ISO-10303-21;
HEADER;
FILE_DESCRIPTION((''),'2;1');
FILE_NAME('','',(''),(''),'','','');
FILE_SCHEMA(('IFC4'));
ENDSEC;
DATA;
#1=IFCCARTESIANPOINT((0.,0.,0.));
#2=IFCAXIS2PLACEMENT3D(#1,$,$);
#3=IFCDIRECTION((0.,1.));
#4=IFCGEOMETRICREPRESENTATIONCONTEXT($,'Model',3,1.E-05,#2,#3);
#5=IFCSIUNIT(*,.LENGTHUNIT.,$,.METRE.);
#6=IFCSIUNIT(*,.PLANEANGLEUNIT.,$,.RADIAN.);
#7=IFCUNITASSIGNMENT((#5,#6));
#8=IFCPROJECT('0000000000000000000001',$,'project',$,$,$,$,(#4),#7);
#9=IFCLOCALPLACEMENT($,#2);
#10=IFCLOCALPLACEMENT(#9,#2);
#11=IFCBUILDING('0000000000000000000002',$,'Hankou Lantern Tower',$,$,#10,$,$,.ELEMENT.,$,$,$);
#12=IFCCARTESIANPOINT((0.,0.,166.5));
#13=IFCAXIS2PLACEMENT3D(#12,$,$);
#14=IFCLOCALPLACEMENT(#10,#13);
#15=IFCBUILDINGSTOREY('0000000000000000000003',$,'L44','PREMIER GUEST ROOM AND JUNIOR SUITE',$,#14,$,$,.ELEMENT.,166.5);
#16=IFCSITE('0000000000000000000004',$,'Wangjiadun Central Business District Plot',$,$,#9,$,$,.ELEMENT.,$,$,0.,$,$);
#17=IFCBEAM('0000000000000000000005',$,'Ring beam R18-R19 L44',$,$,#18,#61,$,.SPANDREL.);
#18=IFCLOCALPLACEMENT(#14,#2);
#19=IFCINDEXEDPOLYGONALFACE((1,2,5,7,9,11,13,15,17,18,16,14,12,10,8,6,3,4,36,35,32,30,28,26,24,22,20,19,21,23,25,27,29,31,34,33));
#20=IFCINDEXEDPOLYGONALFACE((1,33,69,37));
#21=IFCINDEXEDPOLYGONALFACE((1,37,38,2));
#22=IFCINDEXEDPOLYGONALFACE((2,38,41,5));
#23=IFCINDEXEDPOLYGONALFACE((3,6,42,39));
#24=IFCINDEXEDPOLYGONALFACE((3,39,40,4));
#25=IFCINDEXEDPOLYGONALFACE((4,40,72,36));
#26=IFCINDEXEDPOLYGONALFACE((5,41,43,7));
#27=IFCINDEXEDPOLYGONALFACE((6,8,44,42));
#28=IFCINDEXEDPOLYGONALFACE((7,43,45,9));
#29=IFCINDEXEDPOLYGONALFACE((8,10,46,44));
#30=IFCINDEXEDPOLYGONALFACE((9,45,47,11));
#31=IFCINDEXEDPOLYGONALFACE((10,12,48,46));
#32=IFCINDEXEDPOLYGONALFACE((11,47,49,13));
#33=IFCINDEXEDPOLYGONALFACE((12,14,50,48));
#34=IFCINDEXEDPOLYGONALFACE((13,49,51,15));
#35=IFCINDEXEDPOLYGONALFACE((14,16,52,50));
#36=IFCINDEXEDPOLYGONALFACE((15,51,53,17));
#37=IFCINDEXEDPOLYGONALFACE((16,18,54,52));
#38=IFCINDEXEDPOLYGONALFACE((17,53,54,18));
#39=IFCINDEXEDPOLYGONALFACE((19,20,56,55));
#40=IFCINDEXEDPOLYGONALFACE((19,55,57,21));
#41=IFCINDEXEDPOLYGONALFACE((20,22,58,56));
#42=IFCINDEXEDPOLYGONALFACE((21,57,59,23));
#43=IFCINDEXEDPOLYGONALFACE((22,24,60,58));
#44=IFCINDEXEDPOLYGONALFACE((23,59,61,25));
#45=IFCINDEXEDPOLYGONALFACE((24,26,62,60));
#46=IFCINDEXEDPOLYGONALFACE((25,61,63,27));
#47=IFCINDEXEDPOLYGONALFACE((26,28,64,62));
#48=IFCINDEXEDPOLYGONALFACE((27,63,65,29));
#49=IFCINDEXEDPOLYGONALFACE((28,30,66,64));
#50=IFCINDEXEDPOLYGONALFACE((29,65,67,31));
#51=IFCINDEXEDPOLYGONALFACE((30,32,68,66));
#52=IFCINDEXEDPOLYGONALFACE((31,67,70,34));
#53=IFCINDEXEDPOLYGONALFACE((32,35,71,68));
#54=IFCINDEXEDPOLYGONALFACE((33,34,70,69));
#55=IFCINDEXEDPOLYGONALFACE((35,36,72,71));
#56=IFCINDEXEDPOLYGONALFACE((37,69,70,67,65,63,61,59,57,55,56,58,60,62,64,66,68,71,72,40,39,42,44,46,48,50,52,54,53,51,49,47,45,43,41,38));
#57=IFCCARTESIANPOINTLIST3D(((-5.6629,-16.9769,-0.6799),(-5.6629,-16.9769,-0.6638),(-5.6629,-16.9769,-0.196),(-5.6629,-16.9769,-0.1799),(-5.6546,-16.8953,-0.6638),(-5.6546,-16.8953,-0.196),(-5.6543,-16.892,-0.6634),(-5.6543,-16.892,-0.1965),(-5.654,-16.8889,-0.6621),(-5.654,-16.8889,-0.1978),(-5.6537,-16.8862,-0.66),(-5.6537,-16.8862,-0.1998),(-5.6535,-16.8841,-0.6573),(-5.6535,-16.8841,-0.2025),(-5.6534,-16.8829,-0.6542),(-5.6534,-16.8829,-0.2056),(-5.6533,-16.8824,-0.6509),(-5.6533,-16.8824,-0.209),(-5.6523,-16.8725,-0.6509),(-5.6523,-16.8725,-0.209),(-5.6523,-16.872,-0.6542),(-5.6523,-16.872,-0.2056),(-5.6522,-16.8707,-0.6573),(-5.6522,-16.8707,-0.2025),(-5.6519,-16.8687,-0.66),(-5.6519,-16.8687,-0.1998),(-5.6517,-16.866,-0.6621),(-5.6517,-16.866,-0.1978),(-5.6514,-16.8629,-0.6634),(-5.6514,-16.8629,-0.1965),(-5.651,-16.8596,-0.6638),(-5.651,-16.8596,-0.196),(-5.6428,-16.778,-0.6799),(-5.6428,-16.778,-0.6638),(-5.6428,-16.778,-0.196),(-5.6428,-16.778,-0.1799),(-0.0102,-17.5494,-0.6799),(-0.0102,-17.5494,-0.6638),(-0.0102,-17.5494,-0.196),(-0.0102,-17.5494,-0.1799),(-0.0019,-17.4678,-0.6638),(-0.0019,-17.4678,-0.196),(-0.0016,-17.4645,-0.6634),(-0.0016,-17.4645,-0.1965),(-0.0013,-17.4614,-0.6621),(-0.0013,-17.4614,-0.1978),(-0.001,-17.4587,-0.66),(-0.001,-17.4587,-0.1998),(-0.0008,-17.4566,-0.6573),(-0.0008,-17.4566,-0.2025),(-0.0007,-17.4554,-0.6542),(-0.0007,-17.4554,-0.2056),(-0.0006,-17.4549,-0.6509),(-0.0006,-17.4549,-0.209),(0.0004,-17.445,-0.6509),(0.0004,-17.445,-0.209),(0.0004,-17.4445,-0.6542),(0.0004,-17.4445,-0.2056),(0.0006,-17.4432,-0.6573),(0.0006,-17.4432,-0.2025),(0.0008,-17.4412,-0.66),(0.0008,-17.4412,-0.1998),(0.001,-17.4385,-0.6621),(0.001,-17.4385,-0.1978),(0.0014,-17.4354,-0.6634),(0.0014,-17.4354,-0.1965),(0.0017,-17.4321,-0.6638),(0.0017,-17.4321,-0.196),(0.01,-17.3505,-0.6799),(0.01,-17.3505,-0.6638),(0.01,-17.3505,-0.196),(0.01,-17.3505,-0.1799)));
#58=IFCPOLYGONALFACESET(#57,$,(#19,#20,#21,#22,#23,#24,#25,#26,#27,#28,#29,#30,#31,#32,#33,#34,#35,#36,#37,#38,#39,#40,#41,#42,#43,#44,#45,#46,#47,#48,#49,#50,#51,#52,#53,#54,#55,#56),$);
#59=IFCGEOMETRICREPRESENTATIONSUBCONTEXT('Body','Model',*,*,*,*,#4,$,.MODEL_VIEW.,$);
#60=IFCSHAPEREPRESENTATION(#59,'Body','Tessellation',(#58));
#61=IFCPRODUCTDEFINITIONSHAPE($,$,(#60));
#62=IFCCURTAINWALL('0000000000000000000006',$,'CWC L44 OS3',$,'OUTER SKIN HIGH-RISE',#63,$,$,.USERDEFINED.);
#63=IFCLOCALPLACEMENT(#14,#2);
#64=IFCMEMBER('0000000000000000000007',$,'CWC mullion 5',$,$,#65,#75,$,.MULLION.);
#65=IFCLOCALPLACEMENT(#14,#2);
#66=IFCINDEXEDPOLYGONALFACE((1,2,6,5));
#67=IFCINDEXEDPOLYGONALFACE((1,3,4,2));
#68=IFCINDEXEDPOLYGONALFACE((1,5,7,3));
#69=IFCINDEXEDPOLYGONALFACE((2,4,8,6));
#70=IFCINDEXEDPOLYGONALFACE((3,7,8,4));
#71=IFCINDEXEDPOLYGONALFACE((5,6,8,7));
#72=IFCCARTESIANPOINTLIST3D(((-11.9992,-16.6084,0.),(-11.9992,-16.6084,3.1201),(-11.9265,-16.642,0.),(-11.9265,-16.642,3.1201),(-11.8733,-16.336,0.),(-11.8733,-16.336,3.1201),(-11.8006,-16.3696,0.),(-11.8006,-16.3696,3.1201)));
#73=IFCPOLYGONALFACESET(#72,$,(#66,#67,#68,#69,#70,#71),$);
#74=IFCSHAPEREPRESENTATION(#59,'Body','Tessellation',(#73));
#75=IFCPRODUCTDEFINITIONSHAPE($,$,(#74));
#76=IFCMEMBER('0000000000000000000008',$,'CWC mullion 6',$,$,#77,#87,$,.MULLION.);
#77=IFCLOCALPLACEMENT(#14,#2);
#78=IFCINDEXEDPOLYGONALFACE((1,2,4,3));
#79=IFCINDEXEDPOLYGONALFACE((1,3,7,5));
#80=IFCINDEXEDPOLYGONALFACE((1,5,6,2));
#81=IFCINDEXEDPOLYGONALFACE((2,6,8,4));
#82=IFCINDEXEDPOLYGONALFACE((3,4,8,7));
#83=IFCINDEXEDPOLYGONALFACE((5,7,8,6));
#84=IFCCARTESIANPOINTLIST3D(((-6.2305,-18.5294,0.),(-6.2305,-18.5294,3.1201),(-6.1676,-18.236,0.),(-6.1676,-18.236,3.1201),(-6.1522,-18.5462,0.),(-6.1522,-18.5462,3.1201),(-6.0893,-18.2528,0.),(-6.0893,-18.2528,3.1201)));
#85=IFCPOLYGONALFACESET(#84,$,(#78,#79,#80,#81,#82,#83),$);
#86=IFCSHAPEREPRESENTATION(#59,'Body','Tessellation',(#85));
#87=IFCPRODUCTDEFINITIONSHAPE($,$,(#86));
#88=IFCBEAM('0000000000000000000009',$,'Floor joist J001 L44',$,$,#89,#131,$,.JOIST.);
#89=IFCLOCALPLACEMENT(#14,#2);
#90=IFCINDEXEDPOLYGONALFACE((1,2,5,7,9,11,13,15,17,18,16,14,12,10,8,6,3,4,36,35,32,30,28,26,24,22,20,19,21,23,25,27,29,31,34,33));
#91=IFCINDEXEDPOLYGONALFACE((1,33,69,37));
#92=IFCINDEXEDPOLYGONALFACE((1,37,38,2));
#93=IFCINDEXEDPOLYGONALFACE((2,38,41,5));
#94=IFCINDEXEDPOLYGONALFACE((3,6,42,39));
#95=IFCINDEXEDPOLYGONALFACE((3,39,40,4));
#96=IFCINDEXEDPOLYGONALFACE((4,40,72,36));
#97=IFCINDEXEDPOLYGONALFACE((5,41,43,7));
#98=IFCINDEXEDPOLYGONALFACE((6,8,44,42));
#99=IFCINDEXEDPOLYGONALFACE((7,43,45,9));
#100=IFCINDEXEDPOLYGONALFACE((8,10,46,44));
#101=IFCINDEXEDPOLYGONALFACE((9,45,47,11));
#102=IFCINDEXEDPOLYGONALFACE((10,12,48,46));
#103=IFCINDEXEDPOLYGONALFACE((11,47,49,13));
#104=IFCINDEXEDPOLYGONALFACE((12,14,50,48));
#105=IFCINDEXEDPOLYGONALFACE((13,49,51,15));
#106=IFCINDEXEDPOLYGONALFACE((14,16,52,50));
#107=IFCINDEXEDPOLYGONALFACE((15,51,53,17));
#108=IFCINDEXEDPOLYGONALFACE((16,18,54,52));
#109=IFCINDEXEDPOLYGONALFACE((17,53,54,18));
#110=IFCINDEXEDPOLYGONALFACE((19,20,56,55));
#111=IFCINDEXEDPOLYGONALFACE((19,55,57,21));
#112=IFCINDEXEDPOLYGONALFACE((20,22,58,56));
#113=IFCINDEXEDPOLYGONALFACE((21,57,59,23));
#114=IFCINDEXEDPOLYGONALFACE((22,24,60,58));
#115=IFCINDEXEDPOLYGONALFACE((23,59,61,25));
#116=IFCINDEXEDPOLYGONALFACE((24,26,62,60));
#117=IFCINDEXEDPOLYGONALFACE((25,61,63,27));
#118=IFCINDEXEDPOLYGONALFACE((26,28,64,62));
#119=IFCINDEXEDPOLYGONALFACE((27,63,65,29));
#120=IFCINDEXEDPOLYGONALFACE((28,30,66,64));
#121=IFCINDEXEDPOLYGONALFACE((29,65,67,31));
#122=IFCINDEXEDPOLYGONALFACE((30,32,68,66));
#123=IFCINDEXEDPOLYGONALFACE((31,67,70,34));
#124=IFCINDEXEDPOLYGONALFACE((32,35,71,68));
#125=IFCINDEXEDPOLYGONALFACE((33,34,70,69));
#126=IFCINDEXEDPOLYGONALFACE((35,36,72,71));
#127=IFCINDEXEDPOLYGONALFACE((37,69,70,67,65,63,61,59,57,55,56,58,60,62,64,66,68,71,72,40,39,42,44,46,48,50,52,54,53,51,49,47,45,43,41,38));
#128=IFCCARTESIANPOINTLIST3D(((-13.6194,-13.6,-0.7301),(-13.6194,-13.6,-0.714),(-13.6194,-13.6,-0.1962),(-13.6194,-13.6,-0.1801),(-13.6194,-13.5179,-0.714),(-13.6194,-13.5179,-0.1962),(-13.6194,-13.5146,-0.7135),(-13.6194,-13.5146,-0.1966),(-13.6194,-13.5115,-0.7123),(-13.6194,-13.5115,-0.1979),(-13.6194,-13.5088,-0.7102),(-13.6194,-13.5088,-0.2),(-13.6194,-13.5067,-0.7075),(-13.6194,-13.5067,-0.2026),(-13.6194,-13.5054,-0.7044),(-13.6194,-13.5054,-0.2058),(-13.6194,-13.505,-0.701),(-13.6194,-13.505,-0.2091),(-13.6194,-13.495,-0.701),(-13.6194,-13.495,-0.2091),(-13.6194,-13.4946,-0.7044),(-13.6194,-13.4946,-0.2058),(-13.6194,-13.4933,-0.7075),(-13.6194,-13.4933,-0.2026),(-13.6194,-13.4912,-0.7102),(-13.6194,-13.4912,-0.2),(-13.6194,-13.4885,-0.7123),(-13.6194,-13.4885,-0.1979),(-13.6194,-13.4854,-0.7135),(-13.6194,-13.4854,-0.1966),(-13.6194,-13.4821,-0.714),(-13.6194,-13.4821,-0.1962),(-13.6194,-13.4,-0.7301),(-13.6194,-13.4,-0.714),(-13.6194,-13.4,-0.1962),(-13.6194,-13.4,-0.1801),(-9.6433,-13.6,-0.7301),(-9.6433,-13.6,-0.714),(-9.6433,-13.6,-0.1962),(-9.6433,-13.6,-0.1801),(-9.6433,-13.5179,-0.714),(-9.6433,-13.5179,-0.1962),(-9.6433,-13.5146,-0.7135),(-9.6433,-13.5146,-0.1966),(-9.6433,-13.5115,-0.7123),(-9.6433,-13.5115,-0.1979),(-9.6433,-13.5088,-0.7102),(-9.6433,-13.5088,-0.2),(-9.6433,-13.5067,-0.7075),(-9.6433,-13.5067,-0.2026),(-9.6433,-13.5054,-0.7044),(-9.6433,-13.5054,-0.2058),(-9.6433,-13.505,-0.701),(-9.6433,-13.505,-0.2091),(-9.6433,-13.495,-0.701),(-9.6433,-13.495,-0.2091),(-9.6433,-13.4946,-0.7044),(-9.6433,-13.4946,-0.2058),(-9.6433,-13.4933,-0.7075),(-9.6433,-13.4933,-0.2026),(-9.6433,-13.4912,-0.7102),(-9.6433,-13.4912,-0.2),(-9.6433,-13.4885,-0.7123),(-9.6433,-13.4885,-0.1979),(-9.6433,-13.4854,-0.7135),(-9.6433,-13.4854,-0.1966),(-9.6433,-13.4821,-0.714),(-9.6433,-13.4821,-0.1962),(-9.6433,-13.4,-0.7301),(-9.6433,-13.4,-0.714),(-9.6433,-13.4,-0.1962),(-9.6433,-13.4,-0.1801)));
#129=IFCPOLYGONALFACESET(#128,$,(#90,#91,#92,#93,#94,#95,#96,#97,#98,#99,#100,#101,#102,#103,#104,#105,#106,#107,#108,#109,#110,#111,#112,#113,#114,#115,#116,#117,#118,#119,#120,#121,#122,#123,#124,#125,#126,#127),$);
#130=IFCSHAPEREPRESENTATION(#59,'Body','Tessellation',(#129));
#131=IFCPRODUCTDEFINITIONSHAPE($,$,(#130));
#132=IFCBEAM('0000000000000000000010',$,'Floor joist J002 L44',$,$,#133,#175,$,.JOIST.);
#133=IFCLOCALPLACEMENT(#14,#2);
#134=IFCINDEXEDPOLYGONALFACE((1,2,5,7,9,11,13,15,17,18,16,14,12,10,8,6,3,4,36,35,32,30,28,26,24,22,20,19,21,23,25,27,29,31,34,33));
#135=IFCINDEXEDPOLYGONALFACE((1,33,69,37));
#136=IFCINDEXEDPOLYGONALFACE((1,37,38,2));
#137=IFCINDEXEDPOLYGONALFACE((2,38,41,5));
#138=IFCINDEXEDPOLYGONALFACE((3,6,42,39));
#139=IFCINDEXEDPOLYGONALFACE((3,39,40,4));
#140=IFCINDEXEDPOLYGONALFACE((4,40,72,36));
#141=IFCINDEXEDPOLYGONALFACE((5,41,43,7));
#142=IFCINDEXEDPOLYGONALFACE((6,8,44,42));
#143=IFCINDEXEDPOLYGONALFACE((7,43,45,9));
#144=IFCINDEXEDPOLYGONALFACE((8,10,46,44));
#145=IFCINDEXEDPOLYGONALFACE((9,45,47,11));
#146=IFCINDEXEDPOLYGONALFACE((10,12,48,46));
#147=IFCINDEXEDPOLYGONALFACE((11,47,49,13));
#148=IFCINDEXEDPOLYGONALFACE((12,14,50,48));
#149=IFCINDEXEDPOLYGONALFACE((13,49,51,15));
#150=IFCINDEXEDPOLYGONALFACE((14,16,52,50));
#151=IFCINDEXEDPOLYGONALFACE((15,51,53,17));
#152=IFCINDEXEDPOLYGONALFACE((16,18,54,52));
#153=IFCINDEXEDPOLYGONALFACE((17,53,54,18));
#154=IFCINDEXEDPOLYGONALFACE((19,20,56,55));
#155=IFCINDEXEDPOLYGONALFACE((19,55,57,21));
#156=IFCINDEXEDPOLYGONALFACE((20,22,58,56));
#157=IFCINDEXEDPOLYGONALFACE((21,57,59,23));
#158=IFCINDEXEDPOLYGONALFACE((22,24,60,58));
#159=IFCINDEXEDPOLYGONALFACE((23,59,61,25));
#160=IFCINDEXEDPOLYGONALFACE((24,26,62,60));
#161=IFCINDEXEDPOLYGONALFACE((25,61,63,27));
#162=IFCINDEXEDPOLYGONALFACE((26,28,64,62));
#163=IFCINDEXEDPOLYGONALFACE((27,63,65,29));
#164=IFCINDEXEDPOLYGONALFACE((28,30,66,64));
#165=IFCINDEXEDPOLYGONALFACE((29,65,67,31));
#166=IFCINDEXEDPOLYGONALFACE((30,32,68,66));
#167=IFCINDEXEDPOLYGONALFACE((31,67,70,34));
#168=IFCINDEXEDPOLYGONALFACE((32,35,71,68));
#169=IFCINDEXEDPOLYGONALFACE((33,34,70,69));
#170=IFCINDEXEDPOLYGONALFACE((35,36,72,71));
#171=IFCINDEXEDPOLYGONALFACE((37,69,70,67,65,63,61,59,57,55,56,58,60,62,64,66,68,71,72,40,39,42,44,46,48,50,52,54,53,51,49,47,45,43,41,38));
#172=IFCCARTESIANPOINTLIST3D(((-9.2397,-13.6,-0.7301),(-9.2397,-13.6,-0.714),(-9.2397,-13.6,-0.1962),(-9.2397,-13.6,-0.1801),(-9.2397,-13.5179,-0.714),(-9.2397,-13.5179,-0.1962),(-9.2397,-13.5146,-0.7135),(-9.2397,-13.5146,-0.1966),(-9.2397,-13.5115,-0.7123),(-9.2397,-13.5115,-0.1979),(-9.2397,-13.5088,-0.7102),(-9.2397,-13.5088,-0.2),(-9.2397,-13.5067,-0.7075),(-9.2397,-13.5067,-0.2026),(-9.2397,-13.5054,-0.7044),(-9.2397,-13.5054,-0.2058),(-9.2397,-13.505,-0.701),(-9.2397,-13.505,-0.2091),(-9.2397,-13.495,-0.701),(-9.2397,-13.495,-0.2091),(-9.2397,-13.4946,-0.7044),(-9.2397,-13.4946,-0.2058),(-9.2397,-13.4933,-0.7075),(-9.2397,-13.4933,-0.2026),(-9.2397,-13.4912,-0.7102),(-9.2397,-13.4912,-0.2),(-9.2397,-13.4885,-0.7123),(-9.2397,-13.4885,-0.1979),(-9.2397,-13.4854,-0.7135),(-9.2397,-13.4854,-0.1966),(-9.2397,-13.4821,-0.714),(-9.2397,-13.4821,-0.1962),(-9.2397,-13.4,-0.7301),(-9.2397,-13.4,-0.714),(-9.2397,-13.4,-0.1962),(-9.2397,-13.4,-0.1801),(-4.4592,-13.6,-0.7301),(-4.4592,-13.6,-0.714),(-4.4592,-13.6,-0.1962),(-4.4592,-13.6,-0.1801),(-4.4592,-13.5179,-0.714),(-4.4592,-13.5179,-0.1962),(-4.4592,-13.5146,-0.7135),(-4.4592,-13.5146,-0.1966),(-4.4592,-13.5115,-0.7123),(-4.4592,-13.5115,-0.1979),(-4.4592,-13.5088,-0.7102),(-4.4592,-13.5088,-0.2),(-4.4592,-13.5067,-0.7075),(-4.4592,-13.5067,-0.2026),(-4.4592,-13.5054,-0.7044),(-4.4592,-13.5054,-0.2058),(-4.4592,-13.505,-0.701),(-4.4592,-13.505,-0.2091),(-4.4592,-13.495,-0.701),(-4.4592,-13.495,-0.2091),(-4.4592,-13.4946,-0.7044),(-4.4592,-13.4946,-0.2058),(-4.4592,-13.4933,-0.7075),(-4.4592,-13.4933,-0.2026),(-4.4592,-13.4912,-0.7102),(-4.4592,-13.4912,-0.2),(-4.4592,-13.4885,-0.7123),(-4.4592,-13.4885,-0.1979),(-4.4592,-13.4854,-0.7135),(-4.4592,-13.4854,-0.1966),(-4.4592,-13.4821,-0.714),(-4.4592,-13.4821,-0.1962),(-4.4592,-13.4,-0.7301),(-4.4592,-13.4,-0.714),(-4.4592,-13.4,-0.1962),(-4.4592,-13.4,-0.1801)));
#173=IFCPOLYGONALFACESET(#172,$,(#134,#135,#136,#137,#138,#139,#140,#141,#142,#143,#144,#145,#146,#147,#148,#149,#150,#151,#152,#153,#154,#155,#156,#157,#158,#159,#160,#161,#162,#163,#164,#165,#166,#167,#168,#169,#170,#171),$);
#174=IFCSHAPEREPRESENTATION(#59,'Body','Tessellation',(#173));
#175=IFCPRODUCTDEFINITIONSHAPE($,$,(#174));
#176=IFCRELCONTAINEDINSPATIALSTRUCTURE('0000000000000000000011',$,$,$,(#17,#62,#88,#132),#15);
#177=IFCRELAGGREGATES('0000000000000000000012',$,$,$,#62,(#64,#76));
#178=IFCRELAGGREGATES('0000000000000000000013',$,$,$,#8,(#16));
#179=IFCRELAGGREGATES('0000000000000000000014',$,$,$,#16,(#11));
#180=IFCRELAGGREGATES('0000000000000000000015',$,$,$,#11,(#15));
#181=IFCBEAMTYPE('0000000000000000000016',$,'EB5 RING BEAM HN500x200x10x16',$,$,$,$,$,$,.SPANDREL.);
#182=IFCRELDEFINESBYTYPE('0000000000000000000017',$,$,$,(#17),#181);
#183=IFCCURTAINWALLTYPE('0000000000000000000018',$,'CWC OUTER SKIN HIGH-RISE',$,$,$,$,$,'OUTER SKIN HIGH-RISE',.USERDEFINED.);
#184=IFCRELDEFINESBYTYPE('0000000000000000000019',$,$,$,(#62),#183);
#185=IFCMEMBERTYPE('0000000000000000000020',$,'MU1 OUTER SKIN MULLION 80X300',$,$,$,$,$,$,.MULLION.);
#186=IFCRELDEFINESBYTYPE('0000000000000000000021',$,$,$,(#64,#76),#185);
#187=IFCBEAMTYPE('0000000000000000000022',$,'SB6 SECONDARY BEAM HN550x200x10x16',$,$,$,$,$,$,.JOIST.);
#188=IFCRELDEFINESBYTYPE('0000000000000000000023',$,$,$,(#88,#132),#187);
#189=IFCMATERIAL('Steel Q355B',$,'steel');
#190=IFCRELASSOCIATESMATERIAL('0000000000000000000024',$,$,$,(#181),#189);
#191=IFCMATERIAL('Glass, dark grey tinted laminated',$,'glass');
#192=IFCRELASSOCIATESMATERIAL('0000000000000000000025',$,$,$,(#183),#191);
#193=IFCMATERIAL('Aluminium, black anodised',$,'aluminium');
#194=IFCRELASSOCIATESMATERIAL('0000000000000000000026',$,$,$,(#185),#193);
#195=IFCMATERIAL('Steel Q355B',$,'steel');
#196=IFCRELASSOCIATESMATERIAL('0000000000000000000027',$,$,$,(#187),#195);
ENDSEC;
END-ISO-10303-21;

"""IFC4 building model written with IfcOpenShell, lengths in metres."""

from ifc_helpers import new_model, si_unit, direction, frame, origin, origin_2d, place, context, subcontext, project, spatial, rectangle, i_section, extrude, material, material_profile, profile_set, type_object, element, aggregate, save


model = new_model("IFC4")

# Units and contexts
model_context = context("Model", 3, precision=1e-05, world=origin(), true_north=direction((0.0, 1.0)))
body_context = subcontext(model_context, "Body", "Model", "MODEL_VIEW")
ifc_project = project(units=[si_unit("LENGTHUNIT", "METRE"), si_unit("PLANEANGLEUNIT", "RADIAN")], contexts=[model_context])

# Site, building, storey
site_placement = place(None, origin())
site = spatial("IfcSite", under=ifc_project, at=site_placement, Name="Wangjiadun Central Business District Plot", CompositionType="ELEMENT", RefElevation=0.0)
building_placement = place(site_placement, origin())
building = spatial("IfcBuilding", under=site, at=building_placement, Name="Hankou Lantern Tower", CompositionType="ELEMENT")
storey_placement = place(building_placement, frame((0.0, 0.0, 166.5)))
storey = spatial("IfcBuildingStorey", under=building, at=storey_placement, Name="L44", Description="PREMIER GUEST ROOM AND JUNIOR SUITE", CompositionType="ELEMENT", Elevation=166.5)

# Beam
ifc_material_1 = material(Name="Steel Q355B", Category="steel")
ifc_material_profile_1 = material_profile(ifc_material_1, i_section(OverallWidth=0.2, OverallDepth=0.5, WebThickness=0.01, FlangeThickness=0.0161, FilletRadius=0.0129, at=origin_2d()), Name="HN500x200x10x16")
ifc_profile_set_1 = profile_set([ifc_material_profile_1], Name="Steel Q355B")
beam_type_1 = type_object("IfcBeamType", Name="EB5 RING BEAM HN500x200x10x16", PredefinedType="SPANDREL", material=ifc_profile_set_1)
beam_1_placement = place(storey_placement, frame((-5.6528, -16.8774, -0.4299), z_axis=(0.99491, -0.100763, 0.0), x_axis=(0.100763, 0.99491, 0.0)))
element("IfcBeam", 1, at=beam_1_placement, inside=storey, type_object=beam_type_1, Name="Ring beam R18-R19 L44", PredefinedType="SPANDREL", context=body_context, shape_type="SweptSolid", body=[
    extrude(i_section(OverallWidth=0.2, OverallDepth=0.5, WebThickness=0.01, FlangeThickness=0.0161, FilletRadius=0.0129, at=origin_2d()), origin(), (0.0, 0.0, 1.0), 5.6816),
])

# Curtain wall, members
ifc_material_2 = material(Name="Glass, dark grey tinted laminated", Category="glass")
curtain_wall_type = type_object("IfcCurtainWallType", Name="CWC OUTER SKIN HIGH-RISE", ElementType="OUTER SKIN HIGH-RISE", PredefinedType="USERDEFINED", material=ifc_material_2)
curtain_wall_placement = place(storey_placement, origin())
curtain_wall = element("IfcCurtainWall", 2, at=curtain_wall_placement, inside=storey, type_object=curtain_wall_type, Name="CWC L44 OS3", ObjectType="OUTER SKIN HIGH-RISE", PredefinedType="USERDEFINED")
ifc_material_3 = material(Name="Aluminium, black anodised", Category="aluminium")
ifc_material_profile_2 = material_profile(ifc_material_3, rectangle(XDim=0.0801, YDim=0.3, at=origin_2d()), Name="MU1 80X300")
ifc_profile_set_2 = profile_set([ifc_material_profile_2], Name="Aluminium, black anodised")
member_type_1 = type_object("IfcMemberType", Name="MU1 OUTER SKIN MULLION 80X300", PredefinedType="MULLION", material=ifc_profile_set_2)
member_1_placement = place(storey_placement, frame((-11.8999, -16.489, 0.0), z_axis=(0.0, 0.0, 1.0), x_axis=(0.907841, -0.419314, 0.0)))
member_1 = element("IfcMember", 3, at=member_1_placement, type_object=member_type_1, Name="CWC mullion 5", PredefinedType="MULLION", context=body_context, shape_type="SweptSolid", body=[
    extrude(rectangle(XDim=0.0801, YDim=0.3, at=origin_2d()), origin(), (0.0, 0.0, 1.0), 3.1201),
])
member_2_placement = place(storey_placement, frame((-6.1599, -18.3911, 0.0), z_axis=(0.0, 0.0, 1.0), x_axis=(0.977788, -0.209598, 0.0)))
member_2 = element("IfcMember", 4, at=member_2_placement, type_object=member_type_1, Name="CWC mullion 6", PredefinedType="MULLION", context=body_context, shape_type="SweptSolid", body=[
    extrude(rectangle(XDim=0.0801, YDim=0.3, at=origin_2d()), origin(), (0.0, 0.0, 1.0), 3.1201),
])

# Beams
ifc_material_4 = material(Name="Steel Q355B", Category="steel")
ifc_material_profile_3 = material_profile(ifc_material_4, i_section(OverallWidth=0.2, OverallDepth=0.55, WebThickness=0.01, FlangeThickness=0.0161, FilletRadius=0.0129, at=origin_2d()), Name="HN550x200x10x16")
ifc_profile_set_3 = profile_set([ifc_material_profile_3], Name="Steel Q355B")
beam_type_2 = type_object("IfcBeamType", Name="SB6 SECONDARY BEAM HN550x200x10x16", PredefinedType="JOIST", material=ifc_profile_set_3)
beam_2_placement = place(storey_placement, frame((-13.6194, -13.5, -0.4551), z_axis=(1.0, 0.0, 0.0), x_axis=(0.0, 1.0, 0.0)))
element("IfcBeam", 5, at=beam_2_placement, inside=storey, type_object=beam_type_2, Name="Floor joist J001 L44", PredefinedType="JOIST", context=body_context, shape_type="SweptSolid", body=[
    extrude(i_section(OverallWidth=0.2, OverallDepth=0.55, WebThickness=0.01, FlangeThickness=0.0161, FilletRadius=0.0129, at=origin_2d()), origin(), (0.0, 0.0, 1.0), 3.9761),
])
beam_3_placement = place(storey_placement, frame((-9.2397, -13.5, -0.4551), z_axis=(1.0, 0.0, 0.0), x_axis=(0.0, 1.0, 0.0)))
element("IfcBeam", 6, at=beam_3_placement, inside=storey, type_object=beam_type_2, Name="Floor joist J002 L44", PredefinedType="JOIST", context=body_context, shape_type="SweptSolid", body=[
    extrude(i_section(OverallWidth=0.2, OverallDepth=0.55, WebThickness=0.01, FlangeThickness=0.0161, FilletRadius=0.0129, at=origin_2d()), origin(), (0.0, 0.0, 1.0), 4.7805),
])

aggregate(curtain_wall, [member_1, member_2])

save(model, "model.ifc")
